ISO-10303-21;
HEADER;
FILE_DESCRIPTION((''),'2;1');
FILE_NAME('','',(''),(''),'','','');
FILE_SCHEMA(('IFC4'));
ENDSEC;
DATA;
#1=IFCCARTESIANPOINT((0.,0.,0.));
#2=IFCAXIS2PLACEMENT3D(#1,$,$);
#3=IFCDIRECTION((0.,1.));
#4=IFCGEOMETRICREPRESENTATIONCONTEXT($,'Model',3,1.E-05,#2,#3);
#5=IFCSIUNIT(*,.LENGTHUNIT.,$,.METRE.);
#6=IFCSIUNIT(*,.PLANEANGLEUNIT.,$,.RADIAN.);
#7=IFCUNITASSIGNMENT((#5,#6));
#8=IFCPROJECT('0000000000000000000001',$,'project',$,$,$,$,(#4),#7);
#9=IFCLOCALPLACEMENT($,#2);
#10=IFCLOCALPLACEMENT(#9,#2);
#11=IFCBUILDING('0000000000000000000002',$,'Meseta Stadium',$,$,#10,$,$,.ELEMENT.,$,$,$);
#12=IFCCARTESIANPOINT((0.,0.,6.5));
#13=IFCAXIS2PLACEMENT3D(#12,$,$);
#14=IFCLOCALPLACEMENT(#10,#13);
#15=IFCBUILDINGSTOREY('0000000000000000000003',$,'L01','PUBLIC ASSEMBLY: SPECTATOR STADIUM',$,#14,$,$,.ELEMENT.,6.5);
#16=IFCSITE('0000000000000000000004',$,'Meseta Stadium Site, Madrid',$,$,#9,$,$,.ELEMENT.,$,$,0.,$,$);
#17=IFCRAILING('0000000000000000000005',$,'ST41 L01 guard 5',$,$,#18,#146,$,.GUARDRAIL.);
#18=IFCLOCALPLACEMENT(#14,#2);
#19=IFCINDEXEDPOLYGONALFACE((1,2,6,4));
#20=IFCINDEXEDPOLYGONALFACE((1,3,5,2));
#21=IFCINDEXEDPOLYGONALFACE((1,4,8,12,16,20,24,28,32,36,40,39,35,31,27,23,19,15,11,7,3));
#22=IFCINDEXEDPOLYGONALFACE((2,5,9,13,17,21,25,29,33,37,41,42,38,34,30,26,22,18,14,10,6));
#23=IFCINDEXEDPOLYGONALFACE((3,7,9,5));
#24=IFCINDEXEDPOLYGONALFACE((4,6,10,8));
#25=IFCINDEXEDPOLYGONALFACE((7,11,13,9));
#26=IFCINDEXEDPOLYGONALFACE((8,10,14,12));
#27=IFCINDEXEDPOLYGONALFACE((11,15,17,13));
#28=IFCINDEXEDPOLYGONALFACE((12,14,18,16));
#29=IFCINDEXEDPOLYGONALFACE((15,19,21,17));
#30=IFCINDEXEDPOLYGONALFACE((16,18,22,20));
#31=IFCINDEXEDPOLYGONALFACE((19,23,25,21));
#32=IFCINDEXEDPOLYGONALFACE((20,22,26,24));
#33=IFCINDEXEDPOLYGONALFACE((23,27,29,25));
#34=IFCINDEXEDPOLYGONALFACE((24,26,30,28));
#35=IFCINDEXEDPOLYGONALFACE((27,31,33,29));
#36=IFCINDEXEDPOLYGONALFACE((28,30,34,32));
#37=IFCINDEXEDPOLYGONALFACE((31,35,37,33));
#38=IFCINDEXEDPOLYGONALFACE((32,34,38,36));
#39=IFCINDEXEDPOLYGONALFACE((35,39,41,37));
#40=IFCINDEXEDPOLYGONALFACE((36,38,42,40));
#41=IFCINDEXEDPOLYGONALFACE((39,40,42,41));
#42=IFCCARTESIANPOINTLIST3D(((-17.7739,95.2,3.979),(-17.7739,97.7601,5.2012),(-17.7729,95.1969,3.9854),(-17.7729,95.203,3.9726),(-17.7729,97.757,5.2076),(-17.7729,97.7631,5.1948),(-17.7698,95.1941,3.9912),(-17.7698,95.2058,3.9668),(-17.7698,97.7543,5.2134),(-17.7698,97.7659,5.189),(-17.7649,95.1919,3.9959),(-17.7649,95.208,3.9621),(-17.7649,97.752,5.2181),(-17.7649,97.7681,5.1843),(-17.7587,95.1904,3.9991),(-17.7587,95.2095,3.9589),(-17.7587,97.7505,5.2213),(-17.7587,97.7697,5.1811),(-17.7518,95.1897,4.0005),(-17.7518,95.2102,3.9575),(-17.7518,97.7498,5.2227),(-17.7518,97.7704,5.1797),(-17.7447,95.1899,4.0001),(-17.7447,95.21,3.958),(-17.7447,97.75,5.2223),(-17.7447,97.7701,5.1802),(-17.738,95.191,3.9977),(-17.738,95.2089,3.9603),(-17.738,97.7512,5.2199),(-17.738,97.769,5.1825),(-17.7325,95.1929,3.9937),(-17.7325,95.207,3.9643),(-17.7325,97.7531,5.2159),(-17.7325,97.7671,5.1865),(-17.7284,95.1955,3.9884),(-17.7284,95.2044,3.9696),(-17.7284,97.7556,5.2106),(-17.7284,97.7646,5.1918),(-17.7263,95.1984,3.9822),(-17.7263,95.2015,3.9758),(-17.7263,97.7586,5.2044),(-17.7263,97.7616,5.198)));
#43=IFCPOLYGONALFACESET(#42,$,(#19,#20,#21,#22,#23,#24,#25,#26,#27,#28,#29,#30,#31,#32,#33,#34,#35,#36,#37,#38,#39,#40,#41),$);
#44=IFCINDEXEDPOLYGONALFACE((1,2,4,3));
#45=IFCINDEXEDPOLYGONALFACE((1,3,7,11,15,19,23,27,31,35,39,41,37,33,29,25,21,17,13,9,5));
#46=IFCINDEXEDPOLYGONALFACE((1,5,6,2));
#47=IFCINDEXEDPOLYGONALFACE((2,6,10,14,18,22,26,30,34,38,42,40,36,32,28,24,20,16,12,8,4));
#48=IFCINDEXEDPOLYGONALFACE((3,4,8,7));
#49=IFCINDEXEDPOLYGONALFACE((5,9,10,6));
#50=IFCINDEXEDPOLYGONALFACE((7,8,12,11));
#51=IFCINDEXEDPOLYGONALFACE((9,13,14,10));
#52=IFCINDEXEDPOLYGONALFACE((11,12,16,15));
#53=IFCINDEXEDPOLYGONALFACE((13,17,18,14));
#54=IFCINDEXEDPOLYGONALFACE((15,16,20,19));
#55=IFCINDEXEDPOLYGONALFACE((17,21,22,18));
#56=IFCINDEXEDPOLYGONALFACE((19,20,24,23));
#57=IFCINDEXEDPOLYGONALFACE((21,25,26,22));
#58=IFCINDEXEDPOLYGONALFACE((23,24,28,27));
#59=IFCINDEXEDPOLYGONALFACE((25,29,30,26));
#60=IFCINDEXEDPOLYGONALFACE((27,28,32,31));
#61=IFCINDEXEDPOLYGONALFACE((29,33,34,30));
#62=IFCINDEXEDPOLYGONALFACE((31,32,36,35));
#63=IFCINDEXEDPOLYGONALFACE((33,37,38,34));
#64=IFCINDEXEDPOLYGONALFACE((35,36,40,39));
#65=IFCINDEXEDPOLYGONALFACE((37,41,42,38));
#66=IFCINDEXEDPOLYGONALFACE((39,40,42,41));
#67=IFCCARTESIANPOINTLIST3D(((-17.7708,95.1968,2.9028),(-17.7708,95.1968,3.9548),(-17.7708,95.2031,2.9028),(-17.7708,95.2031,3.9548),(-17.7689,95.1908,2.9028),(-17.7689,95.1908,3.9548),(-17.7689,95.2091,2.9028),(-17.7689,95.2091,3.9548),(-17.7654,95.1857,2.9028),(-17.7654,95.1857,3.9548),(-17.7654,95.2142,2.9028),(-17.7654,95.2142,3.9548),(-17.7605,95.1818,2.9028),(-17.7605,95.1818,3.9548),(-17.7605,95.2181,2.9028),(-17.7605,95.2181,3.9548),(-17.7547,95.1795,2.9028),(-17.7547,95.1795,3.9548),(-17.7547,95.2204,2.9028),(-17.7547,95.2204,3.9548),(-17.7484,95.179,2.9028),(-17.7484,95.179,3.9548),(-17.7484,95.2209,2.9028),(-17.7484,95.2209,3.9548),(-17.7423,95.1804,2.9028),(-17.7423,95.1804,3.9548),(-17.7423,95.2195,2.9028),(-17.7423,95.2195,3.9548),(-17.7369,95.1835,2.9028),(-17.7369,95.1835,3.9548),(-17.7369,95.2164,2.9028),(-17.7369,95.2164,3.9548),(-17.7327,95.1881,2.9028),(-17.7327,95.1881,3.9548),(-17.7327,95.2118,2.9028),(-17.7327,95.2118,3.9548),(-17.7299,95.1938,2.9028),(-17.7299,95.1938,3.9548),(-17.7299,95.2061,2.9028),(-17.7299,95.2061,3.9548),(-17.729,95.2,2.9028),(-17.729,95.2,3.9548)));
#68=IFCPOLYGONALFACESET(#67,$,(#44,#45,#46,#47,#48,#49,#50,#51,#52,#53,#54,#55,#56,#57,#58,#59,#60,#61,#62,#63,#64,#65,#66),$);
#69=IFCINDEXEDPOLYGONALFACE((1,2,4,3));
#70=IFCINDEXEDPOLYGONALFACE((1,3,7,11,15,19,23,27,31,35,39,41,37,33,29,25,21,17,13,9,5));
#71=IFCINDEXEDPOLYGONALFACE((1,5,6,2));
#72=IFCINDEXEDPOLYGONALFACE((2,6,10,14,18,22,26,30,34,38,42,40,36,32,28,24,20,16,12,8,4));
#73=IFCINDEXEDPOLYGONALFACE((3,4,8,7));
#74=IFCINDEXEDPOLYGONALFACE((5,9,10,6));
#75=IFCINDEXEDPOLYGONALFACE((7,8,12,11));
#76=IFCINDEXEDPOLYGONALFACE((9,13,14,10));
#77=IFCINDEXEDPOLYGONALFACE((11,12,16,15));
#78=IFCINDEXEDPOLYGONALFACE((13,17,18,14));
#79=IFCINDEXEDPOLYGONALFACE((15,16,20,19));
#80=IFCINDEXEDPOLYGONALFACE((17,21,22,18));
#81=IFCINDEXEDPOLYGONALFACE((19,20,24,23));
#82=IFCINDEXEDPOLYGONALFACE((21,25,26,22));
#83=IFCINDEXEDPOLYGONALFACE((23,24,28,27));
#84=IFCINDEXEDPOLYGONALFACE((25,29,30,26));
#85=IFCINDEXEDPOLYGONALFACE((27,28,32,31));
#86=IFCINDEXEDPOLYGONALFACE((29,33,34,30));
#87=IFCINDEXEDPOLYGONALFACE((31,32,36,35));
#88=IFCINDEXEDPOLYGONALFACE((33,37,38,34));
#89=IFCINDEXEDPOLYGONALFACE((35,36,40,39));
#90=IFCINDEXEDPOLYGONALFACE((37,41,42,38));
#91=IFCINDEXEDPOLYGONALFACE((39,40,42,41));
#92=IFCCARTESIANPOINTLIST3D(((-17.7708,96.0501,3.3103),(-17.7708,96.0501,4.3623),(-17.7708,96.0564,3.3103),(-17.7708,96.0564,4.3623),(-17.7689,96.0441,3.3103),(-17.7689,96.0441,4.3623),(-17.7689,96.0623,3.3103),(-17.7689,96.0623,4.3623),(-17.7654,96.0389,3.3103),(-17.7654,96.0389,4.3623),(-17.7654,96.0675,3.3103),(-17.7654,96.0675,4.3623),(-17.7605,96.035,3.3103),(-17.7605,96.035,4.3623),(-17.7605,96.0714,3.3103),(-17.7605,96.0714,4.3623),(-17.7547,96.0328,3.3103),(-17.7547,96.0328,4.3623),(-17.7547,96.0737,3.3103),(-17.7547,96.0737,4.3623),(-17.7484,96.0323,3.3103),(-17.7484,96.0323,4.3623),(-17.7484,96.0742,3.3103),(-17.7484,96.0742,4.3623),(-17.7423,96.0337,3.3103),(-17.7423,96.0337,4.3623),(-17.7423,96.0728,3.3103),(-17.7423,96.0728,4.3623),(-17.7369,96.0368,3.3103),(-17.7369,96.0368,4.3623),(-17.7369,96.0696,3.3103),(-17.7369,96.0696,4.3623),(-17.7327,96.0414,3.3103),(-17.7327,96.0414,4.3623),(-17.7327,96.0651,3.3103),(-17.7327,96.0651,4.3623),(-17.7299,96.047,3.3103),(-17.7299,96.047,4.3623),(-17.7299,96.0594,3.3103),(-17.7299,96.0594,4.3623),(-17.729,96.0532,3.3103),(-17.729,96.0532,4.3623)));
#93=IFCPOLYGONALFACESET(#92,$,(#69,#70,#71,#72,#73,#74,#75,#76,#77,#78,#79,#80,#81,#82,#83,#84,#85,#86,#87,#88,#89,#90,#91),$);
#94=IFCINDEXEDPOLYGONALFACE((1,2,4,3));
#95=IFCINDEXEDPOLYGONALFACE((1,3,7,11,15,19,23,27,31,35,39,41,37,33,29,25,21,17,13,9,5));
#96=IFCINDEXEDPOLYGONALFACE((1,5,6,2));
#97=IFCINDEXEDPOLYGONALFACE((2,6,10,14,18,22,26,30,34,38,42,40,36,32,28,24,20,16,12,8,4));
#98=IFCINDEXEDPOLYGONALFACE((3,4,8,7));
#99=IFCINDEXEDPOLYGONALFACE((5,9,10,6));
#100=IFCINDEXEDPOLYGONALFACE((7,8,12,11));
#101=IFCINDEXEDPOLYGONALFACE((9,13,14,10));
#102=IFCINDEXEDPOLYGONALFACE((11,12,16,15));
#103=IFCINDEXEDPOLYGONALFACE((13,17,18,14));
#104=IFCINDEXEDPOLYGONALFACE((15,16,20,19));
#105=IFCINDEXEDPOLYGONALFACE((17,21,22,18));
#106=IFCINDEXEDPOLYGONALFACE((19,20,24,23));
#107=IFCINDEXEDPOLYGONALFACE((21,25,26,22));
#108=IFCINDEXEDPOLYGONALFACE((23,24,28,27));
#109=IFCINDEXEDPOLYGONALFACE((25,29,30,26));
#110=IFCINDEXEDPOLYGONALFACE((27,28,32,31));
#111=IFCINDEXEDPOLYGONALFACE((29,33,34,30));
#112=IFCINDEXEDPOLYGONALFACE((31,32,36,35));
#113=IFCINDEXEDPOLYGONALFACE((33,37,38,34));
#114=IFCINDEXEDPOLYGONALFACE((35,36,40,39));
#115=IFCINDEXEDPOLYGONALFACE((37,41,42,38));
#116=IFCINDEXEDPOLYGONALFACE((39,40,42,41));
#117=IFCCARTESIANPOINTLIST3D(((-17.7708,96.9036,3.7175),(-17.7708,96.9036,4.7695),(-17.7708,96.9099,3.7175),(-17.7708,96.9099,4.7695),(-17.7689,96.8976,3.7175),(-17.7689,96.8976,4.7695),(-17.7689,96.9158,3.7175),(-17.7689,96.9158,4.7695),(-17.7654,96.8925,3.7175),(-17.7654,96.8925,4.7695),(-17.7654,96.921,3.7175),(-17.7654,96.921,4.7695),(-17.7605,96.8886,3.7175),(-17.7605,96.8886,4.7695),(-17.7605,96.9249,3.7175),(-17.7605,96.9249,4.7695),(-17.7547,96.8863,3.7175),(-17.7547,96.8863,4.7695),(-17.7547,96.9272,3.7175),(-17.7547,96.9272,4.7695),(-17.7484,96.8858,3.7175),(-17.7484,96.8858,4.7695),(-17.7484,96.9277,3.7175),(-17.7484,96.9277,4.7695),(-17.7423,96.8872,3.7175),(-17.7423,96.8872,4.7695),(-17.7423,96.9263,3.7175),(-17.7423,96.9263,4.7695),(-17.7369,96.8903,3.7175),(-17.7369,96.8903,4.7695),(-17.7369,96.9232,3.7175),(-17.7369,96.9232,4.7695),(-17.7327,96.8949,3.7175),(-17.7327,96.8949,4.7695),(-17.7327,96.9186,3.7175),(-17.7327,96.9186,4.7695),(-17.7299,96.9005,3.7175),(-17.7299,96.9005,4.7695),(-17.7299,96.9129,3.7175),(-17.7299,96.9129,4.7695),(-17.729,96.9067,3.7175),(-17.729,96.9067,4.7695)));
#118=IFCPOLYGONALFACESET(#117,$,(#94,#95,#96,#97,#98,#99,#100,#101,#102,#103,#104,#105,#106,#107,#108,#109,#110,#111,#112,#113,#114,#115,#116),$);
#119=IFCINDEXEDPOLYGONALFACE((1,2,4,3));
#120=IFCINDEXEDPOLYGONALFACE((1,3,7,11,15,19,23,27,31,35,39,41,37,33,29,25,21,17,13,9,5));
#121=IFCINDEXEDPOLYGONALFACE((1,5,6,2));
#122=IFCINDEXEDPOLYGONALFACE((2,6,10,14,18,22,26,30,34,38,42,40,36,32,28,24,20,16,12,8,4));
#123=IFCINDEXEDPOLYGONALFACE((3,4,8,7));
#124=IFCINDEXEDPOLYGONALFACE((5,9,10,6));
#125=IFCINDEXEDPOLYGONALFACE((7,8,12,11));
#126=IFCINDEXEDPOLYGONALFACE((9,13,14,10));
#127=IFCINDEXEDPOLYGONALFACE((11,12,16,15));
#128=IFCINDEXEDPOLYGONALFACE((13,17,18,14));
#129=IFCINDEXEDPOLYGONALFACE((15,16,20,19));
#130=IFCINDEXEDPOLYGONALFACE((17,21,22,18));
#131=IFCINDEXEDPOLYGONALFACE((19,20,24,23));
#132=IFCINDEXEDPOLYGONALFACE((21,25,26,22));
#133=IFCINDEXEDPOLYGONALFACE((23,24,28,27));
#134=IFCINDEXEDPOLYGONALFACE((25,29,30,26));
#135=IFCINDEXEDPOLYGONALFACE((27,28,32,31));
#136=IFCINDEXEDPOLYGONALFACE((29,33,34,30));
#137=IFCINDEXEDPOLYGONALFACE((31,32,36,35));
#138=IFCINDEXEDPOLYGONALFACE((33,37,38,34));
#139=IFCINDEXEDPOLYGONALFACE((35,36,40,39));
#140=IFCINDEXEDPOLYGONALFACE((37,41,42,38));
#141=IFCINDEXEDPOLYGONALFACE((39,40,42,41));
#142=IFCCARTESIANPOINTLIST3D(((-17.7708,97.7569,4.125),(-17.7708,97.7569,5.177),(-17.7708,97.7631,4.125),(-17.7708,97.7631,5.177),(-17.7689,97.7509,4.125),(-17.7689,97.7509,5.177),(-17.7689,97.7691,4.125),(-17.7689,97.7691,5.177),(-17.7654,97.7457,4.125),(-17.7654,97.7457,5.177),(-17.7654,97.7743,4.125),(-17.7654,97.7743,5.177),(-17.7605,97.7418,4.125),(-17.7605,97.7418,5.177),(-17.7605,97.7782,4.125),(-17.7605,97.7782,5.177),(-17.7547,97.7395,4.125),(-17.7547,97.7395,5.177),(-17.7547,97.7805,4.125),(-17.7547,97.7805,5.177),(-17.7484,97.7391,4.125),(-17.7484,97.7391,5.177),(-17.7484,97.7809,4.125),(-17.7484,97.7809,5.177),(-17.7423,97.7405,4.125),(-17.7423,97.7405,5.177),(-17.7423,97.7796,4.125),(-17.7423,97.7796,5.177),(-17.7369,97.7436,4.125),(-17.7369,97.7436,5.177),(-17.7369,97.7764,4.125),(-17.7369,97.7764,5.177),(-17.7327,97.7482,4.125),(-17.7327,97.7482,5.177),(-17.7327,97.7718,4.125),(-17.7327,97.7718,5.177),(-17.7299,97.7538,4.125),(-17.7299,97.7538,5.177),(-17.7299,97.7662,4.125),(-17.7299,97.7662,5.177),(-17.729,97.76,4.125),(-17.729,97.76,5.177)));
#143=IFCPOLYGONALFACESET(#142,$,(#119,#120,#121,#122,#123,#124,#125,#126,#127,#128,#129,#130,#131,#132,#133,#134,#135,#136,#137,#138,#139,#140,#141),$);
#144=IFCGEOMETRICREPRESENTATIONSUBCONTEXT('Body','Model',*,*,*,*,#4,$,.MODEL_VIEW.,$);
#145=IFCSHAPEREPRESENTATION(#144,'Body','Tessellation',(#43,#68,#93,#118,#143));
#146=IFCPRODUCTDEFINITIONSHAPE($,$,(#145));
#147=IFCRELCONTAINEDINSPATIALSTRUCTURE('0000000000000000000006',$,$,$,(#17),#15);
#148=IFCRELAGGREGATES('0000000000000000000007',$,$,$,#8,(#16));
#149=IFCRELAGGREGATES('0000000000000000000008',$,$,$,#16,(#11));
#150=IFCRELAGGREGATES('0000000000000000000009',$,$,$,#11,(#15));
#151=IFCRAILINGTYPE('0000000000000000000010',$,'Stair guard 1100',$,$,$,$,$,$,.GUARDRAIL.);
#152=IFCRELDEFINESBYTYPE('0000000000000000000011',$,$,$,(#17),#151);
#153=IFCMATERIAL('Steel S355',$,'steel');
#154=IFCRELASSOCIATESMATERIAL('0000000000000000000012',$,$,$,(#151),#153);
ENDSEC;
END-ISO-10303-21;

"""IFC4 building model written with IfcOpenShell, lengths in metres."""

from ifc_helpers import new_model, si_unit, direction, frame, origin, origin_2d, place, context, subcontext, project, spatial, circle, extrude, material, type_object, element, save


model = new_model("IFC4")

# Units and contexts
model_context = context("Model", 3, precision=1e-05, world=origin(), true_north=direction((0.0, 1.0)))
body_context = subcontext(model_context, "Body", "Model", "MODEL_VIEW")
ifc_project = project(units=[si_unit("LENGTHUNIT", "METRE"), si_unit("PLANEANGLEUNIT", "RADIAN")], contexts=[model_context])

# Site, building, storey
site_placement = place(None, origin())
site = spatial("IfcSite", under=ifc_project, at=site_placement, Name="Meseta Stadium Site, Madrid", CompositionType="ELEMENT", RefElevation=0.0)
building_placement = place(site_placement, origin())
building = spatial("IfcBuilding", under=site, at=building_placement, Name="Meseta Stadium", CompositionType="ELEMENT")
storey_placement = place(building_placement, frame((0.0, 0.0, 6.5)))
storey = spatial("IfcBuildingStorey", under=building, at=storey_placement, Name="L01", Description="PUBLIC ASSEMBLY: SPECTATOR STADIUM", CompositionType="ELEMENT", Elevation=6.5)

# Railing
ifc_material_1 = material(Name="Steel S355", Category="steel")
railing_type_1 = type_object("IfcRailingType", Name="Stair guard 1100", PredefinedType="GUARDRAIL", material=ifc_material_1)
railing_1_placement = place(storey_placement, frame((-17.75, 95.2, 2.9028)))
element("IfcRailing", 1, at=railing_1_placement, inside=storey, type_object=railing_type_1, Name="ST41 L01 guard 5", PredefinedType="GUARDRAIL", context=body_context, shape_type="SweptSolid", body=[
    extrude(circle(Radius=0.0239, at=origin_2d()), frame((0.0, 0.0, 1.0762), z_axis=(0.0, 0.902437, 0.430822), x_axis=(-1.0, 0.0, 0.0)), (0.0, 0.0, 1.0), 2.8369),
    extrude(circle(Radius=0.021, at=origin_2d()), origin(), (0.0, 0.0, 1.0), 1.052),
    extrude(circle(Radius=0.021, at=origin_2d()), frame((0.0, 0.8533, 0.4075)), (0.0, 0.0, 1.0), 1.052),
    extrude(circle(Radius=0.021, at=origin_2d()), frame((0.0, 1.7068, 0.8147)), (0.0, 0.0, 1.0), 1.052),
    extrude(circle(Radius=0.021, at=origin_2d()), frame((0.0, 2.5601, 1.2222)), (0.0, 0.0, 1.0), 1.052),
])

save(model, "model.ifc")
